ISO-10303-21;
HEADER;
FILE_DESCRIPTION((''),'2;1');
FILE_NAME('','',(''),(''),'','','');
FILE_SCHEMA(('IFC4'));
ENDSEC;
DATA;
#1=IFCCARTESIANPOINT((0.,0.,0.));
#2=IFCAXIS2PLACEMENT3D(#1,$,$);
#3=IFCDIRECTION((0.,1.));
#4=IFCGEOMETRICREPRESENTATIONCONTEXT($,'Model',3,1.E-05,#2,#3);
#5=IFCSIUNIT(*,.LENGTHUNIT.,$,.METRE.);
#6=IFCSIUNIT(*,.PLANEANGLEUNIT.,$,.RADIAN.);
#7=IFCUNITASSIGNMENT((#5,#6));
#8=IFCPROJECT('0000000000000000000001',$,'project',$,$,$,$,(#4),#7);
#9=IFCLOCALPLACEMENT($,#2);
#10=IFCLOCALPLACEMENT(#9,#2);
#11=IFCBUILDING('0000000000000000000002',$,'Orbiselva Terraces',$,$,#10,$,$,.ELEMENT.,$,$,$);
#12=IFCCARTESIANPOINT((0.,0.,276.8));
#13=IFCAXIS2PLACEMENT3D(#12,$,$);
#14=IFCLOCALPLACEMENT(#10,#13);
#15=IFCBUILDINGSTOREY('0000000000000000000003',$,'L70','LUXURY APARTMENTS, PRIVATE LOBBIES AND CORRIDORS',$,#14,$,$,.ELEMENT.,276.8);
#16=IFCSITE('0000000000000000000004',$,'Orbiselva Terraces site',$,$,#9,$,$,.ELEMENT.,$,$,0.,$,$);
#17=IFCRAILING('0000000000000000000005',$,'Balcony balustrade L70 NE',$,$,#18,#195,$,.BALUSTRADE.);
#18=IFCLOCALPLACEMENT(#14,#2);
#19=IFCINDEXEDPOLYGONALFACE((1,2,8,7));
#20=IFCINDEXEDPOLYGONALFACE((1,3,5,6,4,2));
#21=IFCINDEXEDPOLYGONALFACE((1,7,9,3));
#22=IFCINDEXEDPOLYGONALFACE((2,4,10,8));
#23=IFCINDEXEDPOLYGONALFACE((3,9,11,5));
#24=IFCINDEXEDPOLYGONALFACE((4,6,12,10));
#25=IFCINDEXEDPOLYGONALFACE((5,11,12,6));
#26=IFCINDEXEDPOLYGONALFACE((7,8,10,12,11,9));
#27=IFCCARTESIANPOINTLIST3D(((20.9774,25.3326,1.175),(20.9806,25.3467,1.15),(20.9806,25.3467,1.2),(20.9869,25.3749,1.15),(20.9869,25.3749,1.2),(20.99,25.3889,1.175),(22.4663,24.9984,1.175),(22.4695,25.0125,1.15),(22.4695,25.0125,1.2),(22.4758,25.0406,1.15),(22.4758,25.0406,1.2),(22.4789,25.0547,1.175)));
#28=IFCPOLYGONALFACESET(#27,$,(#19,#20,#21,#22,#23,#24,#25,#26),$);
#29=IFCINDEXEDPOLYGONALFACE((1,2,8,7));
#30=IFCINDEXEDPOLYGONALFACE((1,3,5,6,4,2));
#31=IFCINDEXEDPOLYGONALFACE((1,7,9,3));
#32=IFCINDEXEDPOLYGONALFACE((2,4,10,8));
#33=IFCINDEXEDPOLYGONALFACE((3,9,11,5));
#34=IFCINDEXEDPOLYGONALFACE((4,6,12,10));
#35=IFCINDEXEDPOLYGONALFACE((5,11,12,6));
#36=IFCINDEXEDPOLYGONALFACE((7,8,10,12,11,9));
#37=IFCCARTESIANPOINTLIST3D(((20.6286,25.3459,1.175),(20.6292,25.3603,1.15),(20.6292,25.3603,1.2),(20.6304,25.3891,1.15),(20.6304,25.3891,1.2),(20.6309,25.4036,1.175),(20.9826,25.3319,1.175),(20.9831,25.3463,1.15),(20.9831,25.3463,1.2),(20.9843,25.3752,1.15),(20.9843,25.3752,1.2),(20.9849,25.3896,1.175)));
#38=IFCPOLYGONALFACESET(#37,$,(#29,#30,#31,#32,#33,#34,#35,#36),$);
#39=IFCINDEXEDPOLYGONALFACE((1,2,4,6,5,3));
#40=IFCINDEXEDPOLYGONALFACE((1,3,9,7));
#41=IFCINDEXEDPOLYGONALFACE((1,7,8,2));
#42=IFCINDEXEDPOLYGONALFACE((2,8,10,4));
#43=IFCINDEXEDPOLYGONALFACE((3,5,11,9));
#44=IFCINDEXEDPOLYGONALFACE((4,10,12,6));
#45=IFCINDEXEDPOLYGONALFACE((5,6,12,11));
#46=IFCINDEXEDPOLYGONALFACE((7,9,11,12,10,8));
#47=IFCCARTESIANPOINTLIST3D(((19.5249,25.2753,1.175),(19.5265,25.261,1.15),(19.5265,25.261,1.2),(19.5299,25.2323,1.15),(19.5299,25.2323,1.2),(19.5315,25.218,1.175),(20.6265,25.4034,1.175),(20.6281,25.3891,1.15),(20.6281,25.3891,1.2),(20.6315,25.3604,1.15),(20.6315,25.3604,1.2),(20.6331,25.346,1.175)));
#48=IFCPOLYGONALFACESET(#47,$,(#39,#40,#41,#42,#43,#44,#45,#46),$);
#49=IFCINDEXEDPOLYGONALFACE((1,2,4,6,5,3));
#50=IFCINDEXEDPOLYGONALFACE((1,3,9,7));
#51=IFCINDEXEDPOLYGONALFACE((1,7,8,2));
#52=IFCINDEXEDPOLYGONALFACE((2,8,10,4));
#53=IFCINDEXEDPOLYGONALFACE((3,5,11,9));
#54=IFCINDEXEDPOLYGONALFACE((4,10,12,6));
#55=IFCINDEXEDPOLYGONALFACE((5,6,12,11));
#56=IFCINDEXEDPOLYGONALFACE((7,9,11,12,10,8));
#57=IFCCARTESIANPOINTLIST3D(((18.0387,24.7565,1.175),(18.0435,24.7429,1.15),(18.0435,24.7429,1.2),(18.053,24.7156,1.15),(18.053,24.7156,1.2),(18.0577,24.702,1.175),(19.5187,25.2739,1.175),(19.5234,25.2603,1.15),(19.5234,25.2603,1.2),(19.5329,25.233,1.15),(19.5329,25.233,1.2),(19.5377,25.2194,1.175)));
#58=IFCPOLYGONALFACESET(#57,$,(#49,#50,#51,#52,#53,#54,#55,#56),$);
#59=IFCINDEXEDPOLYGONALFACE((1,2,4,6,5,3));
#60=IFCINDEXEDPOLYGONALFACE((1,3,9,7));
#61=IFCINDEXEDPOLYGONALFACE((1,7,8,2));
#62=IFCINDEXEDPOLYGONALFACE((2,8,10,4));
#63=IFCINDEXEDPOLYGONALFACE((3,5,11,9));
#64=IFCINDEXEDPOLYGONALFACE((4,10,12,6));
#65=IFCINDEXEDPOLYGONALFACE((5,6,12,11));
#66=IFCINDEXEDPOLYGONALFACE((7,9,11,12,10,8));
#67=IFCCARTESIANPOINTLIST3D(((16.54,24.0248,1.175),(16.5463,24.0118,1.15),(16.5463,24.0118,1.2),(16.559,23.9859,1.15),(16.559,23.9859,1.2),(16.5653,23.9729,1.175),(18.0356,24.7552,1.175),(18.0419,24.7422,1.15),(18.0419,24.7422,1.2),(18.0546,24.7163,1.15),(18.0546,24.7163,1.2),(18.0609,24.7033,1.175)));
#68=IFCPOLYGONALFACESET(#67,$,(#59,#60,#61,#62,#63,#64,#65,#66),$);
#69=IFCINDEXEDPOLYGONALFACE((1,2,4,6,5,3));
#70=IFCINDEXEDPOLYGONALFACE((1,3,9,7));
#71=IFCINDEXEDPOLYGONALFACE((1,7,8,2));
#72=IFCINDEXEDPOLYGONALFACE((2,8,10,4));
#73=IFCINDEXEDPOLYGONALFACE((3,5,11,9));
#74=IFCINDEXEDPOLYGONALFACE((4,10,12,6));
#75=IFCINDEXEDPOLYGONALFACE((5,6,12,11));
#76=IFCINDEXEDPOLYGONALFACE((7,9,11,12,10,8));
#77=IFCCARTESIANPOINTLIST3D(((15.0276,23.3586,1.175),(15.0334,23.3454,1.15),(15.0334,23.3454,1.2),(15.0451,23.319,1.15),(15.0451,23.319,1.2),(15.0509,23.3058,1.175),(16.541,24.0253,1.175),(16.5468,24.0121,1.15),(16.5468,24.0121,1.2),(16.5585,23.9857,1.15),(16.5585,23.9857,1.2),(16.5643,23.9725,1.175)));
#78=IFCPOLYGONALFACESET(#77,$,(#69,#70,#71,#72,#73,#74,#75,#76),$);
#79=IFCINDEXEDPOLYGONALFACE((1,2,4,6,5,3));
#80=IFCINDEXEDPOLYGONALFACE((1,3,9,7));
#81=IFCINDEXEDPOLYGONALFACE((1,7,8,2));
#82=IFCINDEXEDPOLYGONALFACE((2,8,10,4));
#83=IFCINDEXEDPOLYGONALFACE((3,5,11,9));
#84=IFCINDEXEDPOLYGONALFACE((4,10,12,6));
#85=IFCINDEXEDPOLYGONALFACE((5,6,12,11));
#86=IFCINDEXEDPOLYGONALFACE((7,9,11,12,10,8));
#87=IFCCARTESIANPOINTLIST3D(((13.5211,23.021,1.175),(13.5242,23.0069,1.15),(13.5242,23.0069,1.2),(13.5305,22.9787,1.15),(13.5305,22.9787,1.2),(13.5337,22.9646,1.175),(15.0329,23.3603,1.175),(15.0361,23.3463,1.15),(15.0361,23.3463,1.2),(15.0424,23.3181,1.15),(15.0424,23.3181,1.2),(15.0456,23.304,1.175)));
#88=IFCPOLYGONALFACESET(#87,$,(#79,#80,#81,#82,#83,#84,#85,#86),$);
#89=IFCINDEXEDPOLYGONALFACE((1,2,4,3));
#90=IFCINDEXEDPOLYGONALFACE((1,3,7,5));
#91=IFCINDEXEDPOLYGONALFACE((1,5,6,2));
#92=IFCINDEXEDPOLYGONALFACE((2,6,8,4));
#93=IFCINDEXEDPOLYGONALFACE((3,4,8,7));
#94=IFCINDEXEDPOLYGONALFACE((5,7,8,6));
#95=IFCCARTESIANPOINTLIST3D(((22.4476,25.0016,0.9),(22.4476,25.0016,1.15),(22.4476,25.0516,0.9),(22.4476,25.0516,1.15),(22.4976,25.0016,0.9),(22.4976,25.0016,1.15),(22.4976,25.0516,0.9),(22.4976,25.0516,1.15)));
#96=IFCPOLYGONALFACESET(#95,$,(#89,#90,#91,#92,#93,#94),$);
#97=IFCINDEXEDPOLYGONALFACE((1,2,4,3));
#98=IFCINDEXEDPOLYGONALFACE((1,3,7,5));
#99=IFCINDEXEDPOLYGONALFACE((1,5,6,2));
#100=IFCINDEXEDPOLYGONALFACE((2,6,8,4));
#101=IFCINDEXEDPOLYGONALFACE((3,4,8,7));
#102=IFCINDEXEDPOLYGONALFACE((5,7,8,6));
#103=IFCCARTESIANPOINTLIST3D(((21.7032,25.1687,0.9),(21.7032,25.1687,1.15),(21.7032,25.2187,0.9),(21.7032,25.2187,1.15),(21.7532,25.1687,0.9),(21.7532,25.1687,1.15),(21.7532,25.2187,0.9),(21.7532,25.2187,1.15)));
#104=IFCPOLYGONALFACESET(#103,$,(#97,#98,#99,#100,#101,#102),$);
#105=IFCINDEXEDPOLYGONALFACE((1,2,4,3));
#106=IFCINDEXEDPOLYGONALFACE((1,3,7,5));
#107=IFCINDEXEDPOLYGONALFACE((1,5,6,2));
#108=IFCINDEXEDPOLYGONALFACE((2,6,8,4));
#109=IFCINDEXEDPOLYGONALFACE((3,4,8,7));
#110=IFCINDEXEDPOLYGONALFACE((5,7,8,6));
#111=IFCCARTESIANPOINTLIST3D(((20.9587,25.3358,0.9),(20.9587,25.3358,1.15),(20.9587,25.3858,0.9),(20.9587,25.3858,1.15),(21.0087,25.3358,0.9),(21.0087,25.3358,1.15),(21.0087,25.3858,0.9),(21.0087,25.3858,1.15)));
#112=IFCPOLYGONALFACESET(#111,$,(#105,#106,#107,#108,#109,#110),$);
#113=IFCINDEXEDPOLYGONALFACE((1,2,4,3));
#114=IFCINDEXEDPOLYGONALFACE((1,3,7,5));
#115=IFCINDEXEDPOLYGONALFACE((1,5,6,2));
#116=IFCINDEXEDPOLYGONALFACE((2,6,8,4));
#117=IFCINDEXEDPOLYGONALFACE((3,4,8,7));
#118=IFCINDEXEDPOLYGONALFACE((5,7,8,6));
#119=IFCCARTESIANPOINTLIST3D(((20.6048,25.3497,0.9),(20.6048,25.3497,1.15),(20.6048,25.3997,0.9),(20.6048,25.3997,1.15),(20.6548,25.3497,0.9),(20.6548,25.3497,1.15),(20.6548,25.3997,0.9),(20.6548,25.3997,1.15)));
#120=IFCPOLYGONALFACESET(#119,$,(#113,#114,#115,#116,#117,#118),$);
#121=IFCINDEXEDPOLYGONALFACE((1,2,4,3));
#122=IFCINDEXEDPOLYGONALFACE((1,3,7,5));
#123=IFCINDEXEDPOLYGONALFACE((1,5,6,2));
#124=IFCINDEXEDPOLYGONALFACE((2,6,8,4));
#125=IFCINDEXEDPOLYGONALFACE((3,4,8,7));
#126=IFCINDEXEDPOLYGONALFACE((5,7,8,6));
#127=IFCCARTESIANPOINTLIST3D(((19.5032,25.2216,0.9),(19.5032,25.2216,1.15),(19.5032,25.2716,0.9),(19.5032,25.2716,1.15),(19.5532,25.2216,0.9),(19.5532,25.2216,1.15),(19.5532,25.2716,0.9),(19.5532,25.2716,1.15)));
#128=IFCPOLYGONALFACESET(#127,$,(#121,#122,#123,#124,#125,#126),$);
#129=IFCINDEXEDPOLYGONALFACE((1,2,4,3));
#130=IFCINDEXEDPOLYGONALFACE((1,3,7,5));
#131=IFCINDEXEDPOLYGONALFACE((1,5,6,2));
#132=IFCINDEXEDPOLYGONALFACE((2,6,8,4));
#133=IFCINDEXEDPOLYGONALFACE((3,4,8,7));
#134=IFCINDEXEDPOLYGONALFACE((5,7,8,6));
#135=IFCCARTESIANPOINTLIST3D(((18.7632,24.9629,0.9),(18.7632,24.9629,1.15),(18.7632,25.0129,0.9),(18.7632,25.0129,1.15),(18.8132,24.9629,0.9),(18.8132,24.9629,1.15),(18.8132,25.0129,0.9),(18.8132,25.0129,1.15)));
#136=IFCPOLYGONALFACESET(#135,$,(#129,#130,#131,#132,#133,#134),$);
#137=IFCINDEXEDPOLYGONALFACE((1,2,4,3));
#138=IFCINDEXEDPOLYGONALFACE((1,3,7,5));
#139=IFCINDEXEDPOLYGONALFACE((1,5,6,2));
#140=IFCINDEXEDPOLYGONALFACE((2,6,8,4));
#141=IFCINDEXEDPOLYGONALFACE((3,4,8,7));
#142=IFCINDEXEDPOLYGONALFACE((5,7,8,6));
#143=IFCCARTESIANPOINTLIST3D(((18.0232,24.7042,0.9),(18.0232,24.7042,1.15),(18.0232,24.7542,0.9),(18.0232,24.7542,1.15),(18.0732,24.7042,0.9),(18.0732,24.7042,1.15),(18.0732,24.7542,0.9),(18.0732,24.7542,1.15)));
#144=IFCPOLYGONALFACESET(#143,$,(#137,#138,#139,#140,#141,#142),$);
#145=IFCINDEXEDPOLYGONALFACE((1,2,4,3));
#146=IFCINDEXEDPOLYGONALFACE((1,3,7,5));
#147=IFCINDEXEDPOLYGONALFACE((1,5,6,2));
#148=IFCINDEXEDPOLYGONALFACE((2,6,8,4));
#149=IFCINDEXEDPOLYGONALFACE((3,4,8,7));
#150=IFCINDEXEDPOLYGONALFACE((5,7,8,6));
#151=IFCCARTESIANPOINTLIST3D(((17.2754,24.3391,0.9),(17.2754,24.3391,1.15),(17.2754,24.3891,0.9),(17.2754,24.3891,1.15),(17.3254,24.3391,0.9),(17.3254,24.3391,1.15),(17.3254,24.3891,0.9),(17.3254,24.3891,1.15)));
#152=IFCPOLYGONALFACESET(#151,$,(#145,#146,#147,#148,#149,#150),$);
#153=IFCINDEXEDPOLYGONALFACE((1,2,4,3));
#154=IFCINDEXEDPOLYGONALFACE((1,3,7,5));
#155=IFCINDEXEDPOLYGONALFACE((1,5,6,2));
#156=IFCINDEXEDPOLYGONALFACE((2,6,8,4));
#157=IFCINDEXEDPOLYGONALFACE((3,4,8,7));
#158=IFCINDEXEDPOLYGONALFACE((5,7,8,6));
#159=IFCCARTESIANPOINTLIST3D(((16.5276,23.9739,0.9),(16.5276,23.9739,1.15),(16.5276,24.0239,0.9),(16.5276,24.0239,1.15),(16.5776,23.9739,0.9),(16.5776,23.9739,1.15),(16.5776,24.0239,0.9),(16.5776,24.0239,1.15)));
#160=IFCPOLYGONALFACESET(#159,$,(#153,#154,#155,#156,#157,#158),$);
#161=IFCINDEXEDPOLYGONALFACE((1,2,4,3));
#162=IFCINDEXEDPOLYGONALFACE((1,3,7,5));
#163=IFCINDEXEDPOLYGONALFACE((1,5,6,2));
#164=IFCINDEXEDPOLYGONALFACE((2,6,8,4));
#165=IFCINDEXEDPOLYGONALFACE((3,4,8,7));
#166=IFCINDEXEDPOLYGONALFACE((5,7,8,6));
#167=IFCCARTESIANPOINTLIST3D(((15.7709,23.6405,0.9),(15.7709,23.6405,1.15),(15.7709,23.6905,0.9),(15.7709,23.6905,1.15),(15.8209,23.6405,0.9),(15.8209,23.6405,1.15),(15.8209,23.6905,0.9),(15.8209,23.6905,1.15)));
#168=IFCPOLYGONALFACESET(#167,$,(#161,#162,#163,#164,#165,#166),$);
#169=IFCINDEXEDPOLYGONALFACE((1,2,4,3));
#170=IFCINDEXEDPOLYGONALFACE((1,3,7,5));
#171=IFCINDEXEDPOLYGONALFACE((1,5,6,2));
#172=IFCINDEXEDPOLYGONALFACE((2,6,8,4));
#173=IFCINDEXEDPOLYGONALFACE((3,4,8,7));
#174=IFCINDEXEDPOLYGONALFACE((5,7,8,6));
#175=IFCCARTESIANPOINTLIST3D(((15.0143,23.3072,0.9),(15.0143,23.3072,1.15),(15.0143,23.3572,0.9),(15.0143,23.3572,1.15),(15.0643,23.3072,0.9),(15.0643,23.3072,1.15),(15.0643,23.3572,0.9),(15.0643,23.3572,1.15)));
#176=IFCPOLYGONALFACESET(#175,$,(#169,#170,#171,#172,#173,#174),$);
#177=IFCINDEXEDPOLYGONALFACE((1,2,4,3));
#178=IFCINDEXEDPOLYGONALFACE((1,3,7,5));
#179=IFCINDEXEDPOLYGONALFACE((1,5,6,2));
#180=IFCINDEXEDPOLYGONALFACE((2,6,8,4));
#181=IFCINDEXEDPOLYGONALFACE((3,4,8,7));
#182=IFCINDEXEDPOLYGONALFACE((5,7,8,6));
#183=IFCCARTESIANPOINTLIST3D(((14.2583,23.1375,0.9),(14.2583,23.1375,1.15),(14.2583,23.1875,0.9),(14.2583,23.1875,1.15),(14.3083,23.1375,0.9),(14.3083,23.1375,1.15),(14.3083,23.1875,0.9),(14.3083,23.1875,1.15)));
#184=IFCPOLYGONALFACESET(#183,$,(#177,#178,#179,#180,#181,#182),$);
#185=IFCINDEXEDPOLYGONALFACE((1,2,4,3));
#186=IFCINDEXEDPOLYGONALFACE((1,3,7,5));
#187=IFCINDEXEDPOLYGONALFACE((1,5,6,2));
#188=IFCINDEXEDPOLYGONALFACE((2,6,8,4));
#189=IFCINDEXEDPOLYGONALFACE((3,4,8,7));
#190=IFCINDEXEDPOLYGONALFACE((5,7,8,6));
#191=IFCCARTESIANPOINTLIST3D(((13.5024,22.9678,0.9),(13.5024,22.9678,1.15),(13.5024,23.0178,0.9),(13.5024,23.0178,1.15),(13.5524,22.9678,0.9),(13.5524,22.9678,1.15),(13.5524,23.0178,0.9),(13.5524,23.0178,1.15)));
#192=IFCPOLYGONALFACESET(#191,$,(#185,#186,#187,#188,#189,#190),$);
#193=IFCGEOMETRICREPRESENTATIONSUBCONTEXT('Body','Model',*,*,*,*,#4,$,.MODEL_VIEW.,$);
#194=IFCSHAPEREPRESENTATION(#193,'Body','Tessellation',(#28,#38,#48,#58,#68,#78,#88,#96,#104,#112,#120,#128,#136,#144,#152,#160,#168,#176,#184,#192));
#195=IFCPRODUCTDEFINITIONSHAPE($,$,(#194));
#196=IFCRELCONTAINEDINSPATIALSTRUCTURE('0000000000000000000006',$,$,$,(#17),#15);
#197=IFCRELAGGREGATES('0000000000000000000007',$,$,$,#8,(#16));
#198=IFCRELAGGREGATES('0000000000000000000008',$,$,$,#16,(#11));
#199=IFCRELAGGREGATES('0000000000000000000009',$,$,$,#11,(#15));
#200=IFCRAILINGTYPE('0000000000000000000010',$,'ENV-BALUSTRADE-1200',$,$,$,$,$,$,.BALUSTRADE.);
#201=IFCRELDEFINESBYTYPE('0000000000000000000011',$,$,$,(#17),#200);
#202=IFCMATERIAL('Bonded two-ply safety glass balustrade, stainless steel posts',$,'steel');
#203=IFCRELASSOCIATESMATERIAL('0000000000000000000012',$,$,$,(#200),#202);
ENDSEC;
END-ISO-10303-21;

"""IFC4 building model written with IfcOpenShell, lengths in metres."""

from ifc_helpers import new_model, si_unit, direction, frame, origin, origin_2d, place, context, subcontext, project, spatial, polyline, rectangle, outline, extrude, material, type_object, element, save


model = new_model("IFC4")

# Units and contexts
model_context = context("Model", 3, precision=1e-05, world=origin(), true_north=direction((0.0, 1.0)))
body_context = subcontext(model_context, "Body", "Model", "MODEL_VIEW")
ifc_project = project(units=[si_unit("LENGTHUNIT", "METRE"), si_unit("PLANEANGLEUNIT", "RADIAN")], contexts=[model_context])

# Site, building, storey
site_placement = place(None, origin())
site = spatial("IfcSite", under=ifc_project, at=site_placement, Name="Orbiselva Terraces site", CompositionType="ELEMENT", RefElevation=0.0)
building_placement = place(site_placement, origin())
building = spatial("IfcBuilding", under=site, at=building_placement, Name="Orbiselva Terraces", CompositionType="ELEMENT")
storey_placement = place(building_placement, frame((0.0, 0.0, 276.8)))
storey = spatial("IfcBuildingStorey", under=building, at=storey_placement, Name="L70", Description="LUXURY APARTMENTS, PRIVATE LOBBIES AND CORRIDORS", CompositionType="ELEMENT", Elevation=276.8)

# Railing
ifc_material_1 = material(Name="Bonded two-ply safety glass balustrade, stainless steel posts", Category="steel")
railing_type_1 = type_object("IfcRailingType", Name="ENV-BALUSTRADE-1200", PredefinedType="BALUSTRADE", material=ifc_material_1)
railing_1_placement = place(storey_placement, frame((22.4726, 25.0266, 0.9)))
element("IfcRailing", 1, at=railing_1_placement, inside=storey, type_object=railing_type_1, Name="Balcony balustrade L70 NE", PredefinedType="BALUSTRADE", context=body_context, shape_type="SweptSolid", body=[
    extrude(outline(polyline([(0.0289, 0.0), (0.0144, 0.025), (-0.0144, 0.025), (-0.0289, 0.0), (-0.0144, -0.025), (0.0144, -0.025), (0.0289, 0.0)])), frame((0.0, 0.0, 0.275), z_axis=(-0.975721, 0.219016, 0.0), x_axis=(-0.219016, -0.975721, 0.0)), (0.0, 0.0, 1.0), 1.526),
    extrude(outline(polyline([(0.0289, 0.0), (0.0144, 0.025), (-0.0144, 0.025), (-0.0289, 0.0), (-0.0144, -0.025), (0.0144, -0.025), (0.0289, 0.0)])), frame((-1.4889, 0.3342, 0.275), z_axis=(-0.999225, 0.039364, 0.0), x_axis=(-0.039364, -0.999225, 0.0)), (0.0, 0.0, 1.0), 0.3542),
    extrude(outline(polyline([(0.0289, 0.0), (0.0144, 0.025), (-0.0144, 0.025), (-0.0289, 0.0), (-0.0144, -0.025), (0.0144, -0.025), (0.0289, 0.0)])), frame((-1.8428, 0.3482, 0.275), z_axis=(-0.99331, -0.115481, 0.0), x_axis=(0.115481, -0.99331, 0.0)), (0.0, 0.0, 1.0), 1.109),
    extrude(outline(polyline([(0.0289, 0.0), (0.0144, 0.025), (-0.0144, 0.025), (-0.0289, 0.0), (-0.0144, -0.025), (0.0144, -0.025), (0.0289, 0.0)])), frame((-2.9444, 0.2201, 0.275), z_axis=(-0.943972, -0.330025, 0.0), x_axis=(0.330025, -0.943972, 0.0)), (0.0, 0.0, 1.0), 1.5678),
    extrude(outline(polyline([(0.0289, 0.0), (0.0144, 0.025), (-0.0144, 0.025), (-0.0289, 0.0), (-0.0144, -0.025), (0.0144, -0.025), (0.0289, 0.0)])), frame((-4.4244, -0.2973, 0.275), z_axis=(-0.898579, -0.438812, 0.0), x_axis=(0.438812, -0.898579, 0.0)), (0.0, 0.0, 1.0), 1.6644),
    extrude(outline(polyline([(0.0289, 0.0), (0.0144, 0.025), (-0.0144, 0.025), (-0.0289, 0.0), (-0.0144, -0.025), (0.0144, -0.025), (0.0289, 0.0)])), frame((-5.92, -1.0277, 0.275), z_axis=(-0.915134, -0.403151, 0.0), x_axis=(0.403151, -0.915134, 0.0)), (0.0, 0.0, 1.0), 1.6537),
    extrude(outline(polyline([(0.0289, 0.0), (0.0144, 0.025), (-0.0144, 0.025), (-0.0289, 0.0), (-0.0144, -0.025), (0.0144, -0.025), (0.0289, 0.0)])), frame((-7.4334, -1.6944, 0.275), z_axis=(-0.975721, -0.219016, 0.0), x_axis=(0.219016, -0.975721, 0.0)), (0.0, 0.0, 1.0), 1.5495),
    extrude(rectangle(XDim=0.05, YDim=0.05, at=origin_2d()), origin(), (0.0, 0.0, 1.0), 0.25),
    extrude(rectangle(XDim=0.05, YDim=0.05, at=origin_2d()), frame((-0.7445, 0.1671, 0.0)), (0.0, 0.0, 1.0), 0.25),
    extrude(rectangle(XDim=0.05, YDim=0.05, at=origin_2d()), frame((-1.4889, 0.3342, 0.0)), (0.0, 0.0, 1.0), 0.25),
    extrude(rectangle(XDim=0.05, YDim=0.05, at=origin_2d()), frame((-1.8428, 0.3482, 0.0)), (0.0, 0.0, 1.0), 0.25),
    extrude(rectangle(XDim=0.05, YDim=0.05, at=origin_2d()), frame((-2.9444, 0.2201, 0.0)), (0.0, 0.0, 1.0), 0.25),
    extrude(rectangle(XDim=0.05, YDim=0.05, at=origin_2d()), frame((-3.6844, -0.0386, 0.0)), (0.0, 0.0, 1.0), 0.25),
    extrude(rectangle(XDim=0.05, YDim=0.05, at=origin_2d()), frame((-4.4244, -0.2973, 0.0)), (0.0, 0.0, 1.0), 0.25),
    extrude(rectangle(XDim=0.05, YDim=0.05, at=origin_2d()), frame((-5.1722, -0.6625, 0.0)), (0.0, 0.0, 1.0), 0.25),
    extrude(rectangle(XDim=0.05, YDim=0.05, at=origin_2d()), frame((-5.92, -1.0277, 0.0)), (0.0, 0.0, 1.0), 0.25),
    extrude(rectangle(XDim=0.05, YDim=0.05, at=origin_2d()), frame((-6.6767, -1.361, 0.0)), (0.0, 0.0, 1.0), 0.25),
    extrude(rectangle(XDim=0.05, YDim=0.05, at=origin_2d()), frame((-7.4334, -1.6944, 0.0)), (0.0, 0.0, 1.0), 0.25),
    extrude(rectangle(XDim=0.05, YDim=0.05, at=origin_2d()), frame((-8.1893, -1.8641, 0.0)), (0.0, 0.0, 1.0), 0.25),
    extrude(rectangle(XDim=0.05, YDim=0.05, at=origin_2d()), frame((-8.9452, -2.0338, 0.0)), (0.0, 0.0, 1.0), 0.25),
])

save(model, "model.ifc")
